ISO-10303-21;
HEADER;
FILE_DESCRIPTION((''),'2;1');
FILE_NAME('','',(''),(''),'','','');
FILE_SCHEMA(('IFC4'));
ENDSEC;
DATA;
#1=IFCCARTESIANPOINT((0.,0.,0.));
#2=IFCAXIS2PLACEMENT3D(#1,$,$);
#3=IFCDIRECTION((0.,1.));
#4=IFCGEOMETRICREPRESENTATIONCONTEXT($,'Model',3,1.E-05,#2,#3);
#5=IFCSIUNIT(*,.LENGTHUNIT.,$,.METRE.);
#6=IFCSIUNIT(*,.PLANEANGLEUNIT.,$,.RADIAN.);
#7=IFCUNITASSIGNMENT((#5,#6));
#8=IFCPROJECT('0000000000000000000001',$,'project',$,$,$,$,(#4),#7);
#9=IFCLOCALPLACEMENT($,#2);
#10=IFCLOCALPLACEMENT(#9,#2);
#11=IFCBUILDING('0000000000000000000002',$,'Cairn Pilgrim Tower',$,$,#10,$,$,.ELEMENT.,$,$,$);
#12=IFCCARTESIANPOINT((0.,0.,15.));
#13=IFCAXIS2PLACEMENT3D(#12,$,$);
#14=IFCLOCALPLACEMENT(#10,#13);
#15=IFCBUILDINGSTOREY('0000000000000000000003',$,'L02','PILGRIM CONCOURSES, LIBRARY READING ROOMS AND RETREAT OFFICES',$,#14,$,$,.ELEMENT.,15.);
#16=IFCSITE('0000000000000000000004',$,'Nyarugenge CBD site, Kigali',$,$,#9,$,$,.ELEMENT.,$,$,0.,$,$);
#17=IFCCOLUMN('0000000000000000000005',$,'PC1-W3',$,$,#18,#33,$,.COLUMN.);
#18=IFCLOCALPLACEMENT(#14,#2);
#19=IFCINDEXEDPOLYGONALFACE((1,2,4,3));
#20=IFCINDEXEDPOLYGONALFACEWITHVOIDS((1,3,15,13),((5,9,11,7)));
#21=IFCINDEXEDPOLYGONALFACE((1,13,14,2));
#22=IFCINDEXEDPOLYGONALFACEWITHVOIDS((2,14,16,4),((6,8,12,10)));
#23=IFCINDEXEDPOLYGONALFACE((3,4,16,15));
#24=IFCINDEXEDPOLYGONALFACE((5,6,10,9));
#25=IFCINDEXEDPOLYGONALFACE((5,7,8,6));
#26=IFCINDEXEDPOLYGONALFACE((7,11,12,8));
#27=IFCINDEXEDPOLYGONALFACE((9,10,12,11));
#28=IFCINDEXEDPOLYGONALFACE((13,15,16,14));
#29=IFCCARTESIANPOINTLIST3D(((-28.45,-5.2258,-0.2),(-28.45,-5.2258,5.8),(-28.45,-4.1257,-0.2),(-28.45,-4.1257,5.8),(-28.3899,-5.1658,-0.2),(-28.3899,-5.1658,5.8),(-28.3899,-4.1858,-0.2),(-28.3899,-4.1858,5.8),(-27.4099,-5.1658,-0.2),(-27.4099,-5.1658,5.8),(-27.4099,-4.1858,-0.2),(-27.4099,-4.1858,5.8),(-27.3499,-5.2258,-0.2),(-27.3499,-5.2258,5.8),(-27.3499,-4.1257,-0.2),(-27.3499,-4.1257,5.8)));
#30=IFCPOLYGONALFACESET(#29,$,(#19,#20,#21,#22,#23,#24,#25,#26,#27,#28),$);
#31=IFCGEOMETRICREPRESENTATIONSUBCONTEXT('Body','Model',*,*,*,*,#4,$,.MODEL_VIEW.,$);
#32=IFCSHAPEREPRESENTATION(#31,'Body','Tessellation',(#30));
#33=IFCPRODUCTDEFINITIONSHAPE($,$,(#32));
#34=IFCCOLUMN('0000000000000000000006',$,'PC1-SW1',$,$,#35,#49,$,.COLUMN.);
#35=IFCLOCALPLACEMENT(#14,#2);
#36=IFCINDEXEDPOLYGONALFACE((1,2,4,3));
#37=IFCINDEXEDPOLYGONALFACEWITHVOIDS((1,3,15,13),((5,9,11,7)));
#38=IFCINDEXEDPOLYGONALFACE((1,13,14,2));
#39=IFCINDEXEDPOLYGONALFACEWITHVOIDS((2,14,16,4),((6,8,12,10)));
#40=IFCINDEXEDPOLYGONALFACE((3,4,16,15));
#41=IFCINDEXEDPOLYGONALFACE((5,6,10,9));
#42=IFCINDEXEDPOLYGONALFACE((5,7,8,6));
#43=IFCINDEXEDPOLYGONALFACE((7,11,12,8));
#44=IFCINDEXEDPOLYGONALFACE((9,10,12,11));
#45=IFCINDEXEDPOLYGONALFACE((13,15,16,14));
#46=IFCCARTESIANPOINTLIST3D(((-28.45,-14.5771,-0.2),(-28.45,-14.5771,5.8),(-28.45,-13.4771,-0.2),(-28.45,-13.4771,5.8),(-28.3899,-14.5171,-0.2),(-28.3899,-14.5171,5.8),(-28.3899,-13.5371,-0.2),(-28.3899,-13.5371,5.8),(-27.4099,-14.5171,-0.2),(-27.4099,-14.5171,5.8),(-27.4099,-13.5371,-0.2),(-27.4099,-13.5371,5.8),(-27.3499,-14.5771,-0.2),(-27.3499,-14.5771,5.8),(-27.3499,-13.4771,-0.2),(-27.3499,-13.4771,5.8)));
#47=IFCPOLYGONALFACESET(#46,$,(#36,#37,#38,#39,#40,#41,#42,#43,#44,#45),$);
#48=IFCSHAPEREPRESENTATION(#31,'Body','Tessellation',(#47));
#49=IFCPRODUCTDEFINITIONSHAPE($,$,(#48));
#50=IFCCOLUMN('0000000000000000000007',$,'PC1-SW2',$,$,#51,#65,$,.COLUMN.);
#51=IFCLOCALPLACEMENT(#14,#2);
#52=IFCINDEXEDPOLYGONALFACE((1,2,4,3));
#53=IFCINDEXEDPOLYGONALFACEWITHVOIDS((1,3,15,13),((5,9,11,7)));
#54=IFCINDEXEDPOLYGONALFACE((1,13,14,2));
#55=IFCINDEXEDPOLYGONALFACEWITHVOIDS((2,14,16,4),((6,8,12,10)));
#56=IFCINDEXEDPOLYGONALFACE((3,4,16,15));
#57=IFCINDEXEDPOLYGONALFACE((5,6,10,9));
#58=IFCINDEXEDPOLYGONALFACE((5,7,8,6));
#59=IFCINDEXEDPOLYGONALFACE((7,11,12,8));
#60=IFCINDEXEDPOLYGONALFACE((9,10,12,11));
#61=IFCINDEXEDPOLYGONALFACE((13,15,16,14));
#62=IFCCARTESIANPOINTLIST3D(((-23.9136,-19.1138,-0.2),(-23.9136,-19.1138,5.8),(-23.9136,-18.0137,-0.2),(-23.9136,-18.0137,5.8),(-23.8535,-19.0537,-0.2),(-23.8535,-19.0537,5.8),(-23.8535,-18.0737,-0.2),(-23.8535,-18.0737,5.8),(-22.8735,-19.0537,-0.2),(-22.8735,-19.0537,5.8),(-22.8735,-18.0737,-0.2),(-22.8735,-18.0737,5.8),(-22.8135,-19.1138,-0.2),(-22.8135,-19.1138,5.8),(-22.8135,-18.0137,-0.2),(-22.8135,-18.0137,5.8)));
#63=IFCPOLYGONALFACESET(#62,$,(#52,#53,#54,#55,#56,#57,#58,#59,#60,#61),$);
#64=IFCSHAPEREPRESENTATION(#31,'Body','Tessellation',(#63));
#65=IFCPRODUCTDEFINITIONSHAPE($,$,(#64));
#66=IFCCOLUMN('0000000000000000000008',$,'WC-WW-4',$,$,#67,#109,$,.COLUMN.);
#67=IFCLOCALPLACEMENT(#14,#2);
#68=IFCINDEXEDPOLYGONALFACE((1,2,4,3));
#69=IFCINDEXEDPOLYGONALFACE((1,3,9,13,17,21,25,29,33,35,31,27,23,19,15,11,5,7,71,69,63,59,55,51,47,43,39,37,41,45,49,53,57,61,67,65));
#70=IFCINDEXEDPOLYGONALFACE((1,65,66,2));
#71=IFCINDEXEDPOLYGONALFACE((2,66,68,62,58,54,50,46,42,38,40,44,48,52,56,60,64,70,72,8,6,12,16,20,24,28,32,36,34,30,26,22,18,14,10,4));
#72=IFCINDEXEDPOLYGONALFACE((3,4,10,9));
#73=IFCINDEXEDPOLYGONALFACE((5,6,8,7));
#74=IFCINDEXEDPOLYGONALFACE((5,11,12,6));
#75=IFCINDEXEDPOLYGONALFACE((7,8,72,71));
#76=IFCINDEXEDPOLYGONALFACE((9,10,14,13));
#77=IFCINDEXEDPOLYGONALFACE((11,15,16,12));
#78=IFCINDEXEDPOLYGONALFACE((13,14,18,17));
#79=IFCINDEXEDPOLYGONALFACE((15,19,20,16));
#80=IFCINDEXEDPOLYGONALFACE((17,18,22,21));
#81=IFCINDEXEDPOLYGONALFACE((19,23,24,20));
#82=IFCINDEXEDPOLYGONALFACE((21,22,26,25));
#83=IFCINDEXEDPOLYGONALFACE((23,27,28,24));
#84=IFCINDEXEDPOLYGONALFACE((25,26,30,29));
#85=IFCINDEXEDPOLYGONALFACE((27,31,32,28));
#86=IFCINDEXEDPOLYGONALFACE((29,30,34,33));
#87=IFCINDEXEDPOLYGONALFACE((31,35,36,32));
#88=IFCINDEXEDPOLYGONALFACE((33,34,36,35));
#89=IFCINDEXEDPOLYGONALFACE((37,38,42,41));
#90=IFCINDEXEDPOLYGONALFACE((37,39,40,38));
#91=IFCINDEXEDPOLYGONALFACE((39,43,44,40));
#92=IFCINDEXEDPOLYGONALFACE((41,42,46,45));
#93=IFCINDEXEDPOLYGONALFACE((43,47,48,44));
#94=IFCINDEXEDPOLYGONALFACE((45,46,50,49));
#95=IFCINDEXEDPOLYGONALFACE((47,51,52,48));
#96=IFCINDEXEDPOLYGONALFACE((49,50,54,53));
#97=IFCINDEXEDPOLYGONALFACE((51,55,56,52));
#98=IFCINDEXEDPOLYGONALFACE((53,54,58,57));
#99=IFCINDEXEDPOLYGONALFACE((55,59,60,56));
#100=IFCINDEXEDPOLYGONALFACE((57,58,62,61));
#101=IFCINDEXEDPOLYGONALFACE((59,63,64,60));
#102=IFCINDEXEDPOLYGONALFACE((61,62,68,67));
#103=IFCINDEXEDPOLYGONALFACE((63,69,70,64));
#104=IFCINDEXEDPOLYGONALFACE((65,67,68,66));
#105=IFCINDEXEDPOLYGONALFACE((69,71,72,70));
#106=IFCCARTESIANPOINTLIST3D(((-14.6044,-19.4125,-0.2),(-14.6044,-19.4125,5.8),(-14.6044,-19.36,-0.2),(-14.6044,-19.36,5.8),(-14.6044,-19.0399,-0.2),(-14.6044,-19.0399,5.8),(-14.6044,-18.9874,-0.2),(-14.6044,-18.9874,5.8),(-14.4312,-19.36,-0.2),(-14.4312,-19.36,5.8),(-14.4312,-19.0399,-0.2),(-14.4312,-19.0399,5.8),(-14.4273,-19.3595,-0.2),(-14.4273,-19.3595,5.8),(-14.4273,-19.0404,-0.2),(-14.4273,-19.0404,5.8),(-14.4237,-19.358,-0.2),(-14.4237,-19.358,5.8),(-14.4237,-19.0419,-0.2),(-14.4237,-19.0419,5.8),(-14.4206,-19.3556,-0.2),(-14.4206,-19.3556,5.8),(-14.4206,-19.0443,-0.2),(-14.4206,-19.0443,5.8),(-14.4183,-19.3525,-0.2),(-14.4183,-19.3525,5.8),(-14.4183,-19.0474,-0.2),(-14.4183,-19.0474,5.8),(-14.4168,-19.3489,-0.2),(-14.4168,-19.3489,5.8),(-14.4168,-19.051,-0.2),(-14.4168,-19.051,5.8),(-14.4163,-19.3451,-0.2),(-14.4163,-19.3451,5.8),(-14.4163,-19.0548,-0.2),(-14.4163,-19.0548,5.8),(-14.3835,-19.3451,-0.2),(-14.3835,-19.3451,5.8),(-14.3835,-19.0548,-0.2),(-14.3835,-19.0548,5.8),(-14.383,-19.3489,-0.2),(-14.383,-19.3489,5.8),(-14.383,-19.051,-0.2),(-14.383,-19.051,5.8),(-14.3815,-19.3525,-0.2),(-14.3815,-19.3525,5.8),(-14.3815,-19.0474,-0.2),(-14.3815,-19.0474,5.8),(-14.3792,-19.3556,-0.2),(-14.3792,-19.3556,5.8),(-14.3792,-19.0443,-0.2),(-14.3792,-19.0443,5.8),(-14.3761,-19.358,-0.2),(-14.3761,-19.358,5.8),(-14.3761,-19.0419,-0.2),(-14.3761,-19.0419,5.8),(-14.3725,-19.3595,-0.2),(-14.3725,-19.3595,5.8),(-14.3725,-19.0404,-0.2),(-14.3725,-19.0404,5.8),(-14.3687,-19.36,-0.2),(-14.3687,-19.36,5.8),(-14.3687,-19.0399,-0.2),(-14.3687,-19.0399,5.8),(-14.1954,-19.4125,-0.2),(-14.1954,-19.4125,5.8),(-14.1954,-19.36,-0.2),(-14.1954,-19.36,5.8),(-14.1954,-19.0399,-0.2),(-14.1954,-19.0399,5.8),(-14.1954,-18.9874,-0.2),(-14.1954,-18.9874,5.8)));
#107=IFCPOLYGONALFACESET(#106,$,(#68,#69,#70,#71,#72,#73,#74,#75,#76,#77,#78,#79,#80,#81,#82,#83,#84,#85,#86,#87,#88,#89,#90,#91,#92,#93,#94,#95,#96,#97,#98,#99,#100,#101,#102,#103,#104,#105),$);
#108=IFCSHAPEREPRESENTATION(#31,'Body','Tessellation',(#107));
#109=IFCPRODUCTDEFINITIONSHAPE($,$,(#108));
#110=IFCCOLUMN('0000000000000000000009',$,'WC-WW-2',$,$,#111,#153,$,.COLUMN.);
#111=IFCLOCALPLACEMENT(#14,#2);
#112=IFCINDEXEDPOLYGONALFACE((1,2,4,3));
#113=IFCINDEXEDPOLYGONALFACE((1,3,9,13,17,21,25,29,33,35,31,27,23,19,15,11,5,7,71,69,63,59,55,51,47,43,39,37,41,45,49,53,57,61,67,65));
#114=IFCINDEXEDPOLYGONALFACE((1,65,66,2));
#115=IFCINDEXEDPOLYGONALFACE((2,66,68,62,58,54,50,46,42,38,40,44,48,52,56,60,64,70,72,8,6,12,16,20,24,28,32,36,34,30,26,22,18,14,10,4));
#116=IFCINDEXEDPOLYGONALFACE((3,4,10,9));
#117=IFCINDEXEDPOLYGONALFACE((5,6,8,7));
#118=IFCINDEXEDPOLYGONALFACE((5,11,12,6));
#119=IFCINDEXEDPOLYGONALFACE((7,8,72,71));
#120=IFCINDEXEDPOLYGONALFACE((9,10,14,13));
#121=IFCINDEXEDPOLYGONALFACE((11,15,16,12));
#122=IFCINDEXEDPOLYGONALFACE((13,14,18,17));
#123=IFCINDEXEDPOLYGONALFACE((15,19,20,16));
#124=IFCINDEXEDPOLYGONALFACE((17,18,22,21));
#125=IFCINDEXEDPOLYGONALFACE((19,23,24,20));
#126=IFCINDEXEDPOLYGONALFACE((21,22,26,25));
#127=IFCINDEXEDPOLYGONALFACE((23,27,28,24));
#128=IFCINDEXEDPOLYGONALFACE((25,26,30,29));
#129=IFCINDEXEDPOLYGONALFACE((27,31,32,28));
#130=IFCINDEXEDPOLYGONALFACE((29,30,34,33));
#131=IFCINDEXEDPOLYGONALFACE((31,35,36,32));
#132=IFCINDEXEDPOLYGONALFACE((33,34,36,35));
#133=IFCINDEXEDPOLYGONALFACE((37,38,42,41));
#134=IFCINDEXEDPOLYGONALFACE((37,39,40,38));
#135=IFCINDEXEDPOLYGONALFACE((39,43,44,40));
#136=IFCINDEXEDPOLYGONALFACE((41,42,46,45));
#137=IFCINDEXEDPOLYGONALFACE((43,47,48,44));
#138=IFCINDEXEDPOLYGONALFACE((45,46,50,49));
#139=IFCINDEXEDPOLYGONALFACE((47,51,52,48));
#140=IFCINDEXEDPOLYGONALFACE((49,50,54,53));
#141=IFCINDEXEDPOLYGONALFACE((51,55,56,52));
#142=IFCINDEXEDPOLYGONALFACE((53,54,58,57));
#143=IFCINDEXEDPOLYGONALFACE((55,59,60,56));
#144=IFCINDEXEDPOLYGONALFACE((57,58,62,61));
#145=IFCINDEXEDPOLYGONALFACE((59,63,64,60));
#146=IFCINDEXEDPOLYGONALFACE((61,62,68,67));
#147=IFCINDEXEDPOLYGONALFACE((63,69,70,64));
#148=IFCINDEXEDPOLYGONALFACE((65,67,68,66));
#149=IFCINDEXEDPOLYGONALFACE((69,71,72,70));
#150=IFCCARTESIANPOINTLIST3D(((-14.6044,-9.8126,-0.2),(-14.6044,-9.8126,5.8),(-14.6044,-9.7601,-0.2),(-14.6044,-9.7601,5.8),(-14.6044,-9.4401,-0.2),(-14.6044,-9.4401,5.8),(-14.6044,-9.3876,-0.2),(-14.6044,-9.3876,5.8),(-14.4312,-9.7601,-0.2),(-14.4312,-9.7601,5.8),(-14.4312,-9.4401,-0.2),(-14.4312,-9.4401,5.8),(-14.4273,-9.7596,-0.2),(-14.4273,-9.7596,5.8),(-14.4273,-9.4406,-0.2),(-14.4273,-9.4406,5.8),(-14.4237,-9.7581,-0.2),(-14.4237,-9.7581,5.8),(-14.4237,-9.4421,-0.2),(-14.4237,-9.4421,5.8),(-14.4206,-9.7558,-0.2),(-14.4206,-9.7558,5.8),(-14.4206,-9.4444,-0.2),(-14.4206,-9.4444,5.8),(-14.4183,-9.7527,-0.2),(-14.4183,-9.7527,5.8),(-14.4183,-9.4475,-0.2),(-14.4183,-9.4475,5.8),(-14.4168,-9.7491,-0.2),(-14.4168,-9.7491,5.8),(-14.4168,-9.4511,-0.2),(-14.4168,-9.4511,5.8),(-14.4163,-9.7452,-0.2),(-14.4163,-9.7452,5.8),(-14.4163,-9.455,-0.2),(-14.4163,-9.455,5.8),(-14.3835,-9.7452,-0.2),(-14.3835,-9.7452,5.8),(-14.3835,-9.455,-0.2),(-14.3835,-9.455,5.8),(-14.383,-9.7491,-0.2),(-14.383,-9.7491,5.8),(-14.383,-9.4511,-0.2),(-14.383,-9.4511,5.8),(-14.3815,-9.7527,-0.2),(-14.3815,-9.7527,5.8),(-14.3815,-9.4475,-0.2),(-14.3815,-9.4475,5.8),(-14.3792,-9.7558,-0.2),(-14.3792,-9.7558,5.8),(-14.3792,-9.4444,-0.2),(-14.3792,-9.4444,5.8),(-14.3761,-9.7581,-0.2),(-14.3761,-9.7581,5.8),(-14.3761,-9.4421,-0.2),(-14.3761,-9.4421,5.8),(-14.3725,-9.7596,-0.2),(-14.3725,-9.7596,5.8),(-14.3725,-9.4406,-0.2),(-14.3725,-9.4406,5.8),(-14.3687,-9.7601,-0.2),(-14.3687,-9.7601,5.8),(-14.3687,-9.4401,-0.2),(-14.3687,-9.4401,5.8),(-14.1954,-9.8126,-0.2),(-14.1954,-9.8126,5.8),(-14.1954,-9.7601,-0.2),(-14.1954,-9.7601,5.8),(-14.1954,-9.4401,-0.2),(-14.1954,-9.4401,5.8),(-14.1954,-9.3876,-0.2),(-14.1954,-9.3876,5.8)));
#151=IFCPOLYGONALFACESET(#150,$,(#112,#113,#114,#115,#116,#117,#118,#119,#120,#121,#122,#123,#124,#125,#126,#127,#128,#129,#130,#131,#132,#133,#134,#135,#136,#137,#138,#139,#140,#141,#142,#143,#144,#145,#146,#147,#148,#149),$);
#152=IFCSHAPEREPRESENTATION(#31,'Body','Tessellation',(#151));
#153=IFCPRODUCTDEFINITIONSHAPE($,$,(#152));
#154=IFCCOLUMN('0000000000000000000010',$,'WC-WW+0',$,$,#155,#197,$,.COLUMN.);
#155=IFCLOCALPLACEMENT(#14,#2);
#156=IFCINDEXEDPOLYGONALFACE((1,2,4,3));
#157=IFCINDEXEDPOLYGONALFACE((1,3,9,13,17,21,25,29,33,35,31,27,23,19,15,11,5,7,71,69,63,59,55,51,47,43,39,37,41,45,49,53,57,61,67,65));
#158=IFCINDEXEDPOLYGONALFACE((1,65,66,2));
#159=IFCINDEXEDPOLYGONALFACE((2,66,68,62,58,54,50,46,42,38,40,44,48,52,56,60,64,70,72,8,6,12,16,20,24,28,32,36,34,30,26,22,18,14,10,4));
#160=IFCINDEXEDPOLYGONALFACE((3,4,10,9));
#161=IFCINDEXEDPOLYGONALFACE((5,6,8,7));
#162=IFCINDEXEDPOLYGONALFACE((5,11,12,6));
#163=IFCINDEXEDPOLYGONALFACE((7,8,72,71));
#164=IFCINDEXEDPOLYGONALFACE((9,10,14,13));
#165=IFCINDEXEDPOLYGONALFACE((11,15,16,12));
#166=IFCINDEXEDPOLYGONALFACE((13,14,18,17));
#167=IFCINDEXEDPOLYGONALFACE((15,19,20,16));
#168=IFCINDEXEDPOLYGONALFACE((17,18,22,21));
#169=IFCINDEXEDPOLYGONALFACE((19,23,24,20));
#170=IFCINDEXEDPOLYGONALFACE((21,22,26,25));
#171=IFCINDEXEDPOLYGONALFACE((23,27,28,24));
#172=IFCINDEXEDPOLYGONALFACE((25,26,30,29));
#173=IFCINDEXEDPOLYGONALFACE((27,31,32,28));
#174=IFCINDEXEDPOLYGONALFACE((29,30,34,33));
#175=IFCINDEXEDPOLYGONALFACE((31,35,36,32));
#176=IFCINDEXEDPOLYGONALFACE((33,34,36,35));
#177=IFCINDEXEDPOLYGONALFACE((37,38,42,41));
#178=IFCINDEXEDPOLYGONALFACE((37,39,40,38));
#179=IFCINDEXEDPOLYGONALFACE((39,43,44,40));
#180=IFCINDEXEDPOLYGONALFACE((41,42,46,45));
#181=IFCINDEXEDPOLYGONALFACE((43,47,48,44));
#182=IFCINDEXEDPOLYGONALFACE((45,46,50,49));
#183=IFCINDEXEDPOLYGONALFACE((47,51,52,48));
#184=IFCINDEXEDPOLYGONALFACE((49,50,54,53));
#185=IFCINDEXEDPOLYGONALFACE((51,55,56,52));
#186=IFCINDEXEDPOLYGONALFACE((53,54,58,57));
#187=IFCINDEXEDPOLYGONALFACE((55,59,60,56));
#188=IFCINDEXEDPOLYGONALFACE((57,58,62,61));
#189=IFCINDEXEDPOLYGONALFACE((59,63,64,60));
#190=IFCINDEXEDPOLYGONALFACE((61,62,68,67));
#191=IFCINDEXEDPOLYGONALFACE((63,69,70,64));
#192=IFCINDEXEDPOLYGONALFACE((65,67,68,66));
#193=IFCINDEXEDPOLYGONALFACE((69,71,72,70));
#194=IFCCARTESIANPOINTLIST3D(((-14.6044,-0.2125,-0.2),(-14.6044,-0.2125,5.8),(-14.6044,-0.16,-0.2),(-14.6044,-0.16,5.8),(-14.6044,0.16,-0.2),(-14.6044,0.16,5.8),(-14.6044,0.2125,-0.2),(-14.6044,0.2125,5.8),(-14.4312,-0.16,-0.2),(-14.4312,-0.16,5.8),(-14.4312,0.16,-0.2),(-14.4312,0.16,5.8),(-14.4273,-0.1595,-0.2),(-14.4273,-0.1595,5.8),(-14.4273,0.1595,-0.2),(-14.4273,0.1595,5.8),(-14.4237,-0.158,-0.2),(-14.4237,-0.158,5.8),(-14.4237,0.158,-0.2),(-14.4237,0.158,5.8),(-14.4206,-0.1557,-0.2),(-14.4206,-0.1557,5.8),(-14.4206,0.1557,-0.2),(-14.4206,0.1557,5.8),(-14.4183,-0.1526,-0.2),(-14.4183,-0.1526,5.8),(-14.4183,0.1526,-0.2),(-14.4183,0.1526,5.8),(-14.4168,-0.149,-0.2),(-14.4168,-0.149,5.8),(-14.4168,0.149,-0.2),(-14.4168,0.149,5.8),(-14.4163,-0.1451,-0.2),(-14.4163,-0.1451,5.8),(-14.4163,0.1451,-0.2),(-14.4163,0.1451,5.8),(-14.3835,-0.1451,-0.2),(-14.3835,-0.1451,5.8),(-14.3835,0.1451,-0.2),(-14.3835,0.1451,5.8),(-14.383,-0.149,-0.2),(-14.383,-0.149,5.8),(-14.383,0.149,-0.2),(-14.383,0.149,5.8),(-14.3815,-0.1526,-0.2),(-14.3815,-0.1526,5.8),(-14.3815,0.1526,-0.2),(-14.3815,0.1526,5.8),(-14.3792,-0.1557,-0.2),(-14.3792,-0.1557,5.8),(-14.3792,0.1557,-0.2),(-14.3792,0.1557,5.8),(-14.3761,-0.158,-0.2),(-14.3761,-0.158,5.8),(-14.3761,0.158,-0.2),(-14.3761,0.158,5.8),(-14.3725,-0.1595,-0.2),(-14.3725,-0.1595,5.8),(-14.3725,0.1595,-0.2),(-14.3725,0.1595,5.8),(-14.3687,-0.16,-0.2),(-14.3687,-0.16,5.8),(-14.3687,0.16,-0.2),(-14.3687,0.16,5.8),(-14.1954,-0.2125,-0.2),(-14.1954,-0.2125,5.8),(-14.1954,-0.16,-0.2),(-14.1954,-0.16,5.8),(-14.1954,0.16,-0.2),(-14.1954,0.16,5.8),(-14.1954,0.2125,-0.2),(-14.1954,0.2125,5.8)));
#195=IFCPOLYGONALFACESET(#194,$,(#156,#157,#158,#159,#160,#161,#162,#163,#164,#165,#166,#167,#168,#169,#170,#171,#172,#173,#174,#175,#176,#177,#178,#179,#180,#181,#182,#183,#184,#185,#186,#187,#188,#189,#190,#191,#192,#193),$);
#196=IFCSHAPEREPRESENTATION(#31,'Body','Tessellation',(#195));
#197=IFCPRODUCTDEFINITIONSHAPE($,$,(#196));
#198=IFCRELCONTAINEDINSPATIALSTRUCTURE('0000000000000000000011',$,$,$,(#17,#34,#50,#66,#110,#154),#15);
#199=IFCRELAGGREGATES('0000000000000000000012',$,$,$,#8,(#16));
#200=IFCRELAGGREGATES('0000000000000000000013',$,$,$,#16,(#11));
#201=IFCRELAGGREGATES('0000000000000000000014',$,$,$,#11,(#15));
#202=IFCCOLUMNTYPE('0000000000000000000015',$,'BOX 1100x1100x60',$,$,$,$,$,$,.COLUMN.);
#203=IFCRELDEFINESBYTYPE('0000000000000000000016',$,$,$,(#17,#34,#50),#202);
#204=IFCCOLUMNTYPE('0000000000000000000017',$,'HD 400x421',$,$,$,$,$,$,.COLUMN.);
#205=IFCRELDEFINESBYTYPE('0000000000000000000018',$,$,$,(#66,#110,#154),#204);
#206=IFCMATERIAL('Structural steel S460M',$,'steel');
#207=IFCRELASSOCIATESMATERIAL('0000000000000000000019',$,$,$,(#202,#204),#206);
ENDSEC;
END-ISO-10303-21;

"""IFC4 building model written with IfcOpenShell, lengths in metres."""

from ifc_helpers import new_model, si_unit, direction, frame, origin, origin_2d, place, context, subcontext, project, spatial, hollow_rectangle, i_section, extrude, material, material_profile, profile_set, type_object, element, save


model = new_model("IFC4")

# Units and contexts
model_context = context("Model", 3, precision=1e-05, world=origin(), true_north=direction((0.0, 1.0)))
body_context = subcontext(model_context, "Body", "Model", "MODEL_VIEW")
ifc_project = project(units=[si_unit("LENGTHUNIT", "METRE"), si_unit("PLANEANGLEUNIT", "RADIAN")], contexts=[model_context])

# Site, building, storey
site_placement = place(None, origin())
site = spatial("IfcSite", under=ifc_project, at=site_placement, Name="Nyarugenge CBD site, Kigali", CompositionType="ELEMENT", RefElevation=0.0)
building_placement = place(site_placement, origin())
building = spatial("IfcBuilding", under=site, at=building_placement, Name="Cairn Pilgrim Tower", CompositionType="ELEMENT")
storey_placement = place(building_placement, frame((0.0, 0.0, 15.0)))
storey = spatial("IfcBuildingStorey", under=building, at=storey_placement, Name="L02", Description="PILGRIM CONCOURSES, LIBRARY READING ROOMS AND RETREAT OFFICES", CompositionType="ELEMENT", Elevation=15.0)

# Columns
ifc_material_1 = material(Name="Structural steel S460M", Category="steel")
ifc_material_profile_1 = material_profile(ifc_material_1, hollow_rectangle(XDim=1.1001, YDim=1.1001, WallThickness=0.0601, at=origin_2d()), Name="BOX 1100x1100x60")
ifc_profile_set_1 = profile_set([ifc_material_profile_1], Name="Structural steel S460M")
column_type_1 = type_object("IfcColumnType", Name="BOX 1100x1100x60", PredefinedType="COLUMN", material=ifc_profile_set_1)
for number, where, z_axis, x_axis, name in (
    (1, (-27.8999, -4.6758, -0.2), (0.0, 0.0, 1.0), (1.0, 0.0, 0.0), "PC1-W3"),
    (2, (-27.8999, -14.0271, -0.2), (0.0, 0.0, 1.0), (1.0, 0.0, 0.0), "PC1-SW1"),
    (3, (-23.3635, -18.5637, -0.2), (0.0, 0.0, 1.0), (1.0, 0.0, 0.0), "PC1-SW2"),
):
    element("IfcColumn", number, at=place(storey_placement, frame(where, z_axis=z_axis, x_axis=x_axis)), inside=storey, type_object=column_type_1, Name=name, PredefinedType="COLUMN", context=body_context, shape_type="SweptSolid", body=[
        extrude(hollow_rectangle(XDim=1.1001, YDim=1.1001, WallThickness=0.0601, at=origin_2d()), origin(), (0.0, 0.0, 1.0), 6.0),
    ])
ifc_material_profile_2 = material_profile(ifc_material_1, i_section(OverallWidth=0.4089, OverallDepth=0.425, WebThickness=0.0327, FlangeThickness=0.0525, FilletRadius=0.0149, at=origin_2d()), Name="HD 400x421")
ifc_profile_set_2 = profile_set([ifc_material_profile_2], Name="Structural steel S460M")
column_type_2 = type_object("IfcColumnType", Name="HD 400x421", PredefinedType="COLUMN", material=ifc_profile_set_2)
for number, where, z_axis, x_axis, name in (
    (4, (-14.3999, -19.2, -0.2), (0.0, 0.0, 1.0), (1.0, 0.0, 0.0), "WC-WW-4"),
    (5, (-14.3999, -9.6001, -0.2), (0.0, 0.0, 1.0), (1.0, 0.0, 0.0), "WC-WW-2"),
    (6, (-14.3999, 0.0, -0.2), (0.0, 0.0, 1.0), (1.0, 0.0, 0.0), "WC-WW+0"),
):
    element("IfcColumn", number, at=place(storey_placement, frame(where, z_axis=z_axis, x_axis=x_axis)), inside=storey, type_object=column_type_2, Name=name, PredefinedType="COLUMN", context=body_context, shape_type="SweptSolid", body=[
        extrude(i_section(OverallWidth=0.4089, OverallDepth=0.425, WebThickness=0.0327, FlangeThickness=0.0525, FilletRadius=0.0149, at=origin_2d()), origin(), (0.0, 0.0, 1.0), 6.0),
    ])

save(model, "model.ifc")
